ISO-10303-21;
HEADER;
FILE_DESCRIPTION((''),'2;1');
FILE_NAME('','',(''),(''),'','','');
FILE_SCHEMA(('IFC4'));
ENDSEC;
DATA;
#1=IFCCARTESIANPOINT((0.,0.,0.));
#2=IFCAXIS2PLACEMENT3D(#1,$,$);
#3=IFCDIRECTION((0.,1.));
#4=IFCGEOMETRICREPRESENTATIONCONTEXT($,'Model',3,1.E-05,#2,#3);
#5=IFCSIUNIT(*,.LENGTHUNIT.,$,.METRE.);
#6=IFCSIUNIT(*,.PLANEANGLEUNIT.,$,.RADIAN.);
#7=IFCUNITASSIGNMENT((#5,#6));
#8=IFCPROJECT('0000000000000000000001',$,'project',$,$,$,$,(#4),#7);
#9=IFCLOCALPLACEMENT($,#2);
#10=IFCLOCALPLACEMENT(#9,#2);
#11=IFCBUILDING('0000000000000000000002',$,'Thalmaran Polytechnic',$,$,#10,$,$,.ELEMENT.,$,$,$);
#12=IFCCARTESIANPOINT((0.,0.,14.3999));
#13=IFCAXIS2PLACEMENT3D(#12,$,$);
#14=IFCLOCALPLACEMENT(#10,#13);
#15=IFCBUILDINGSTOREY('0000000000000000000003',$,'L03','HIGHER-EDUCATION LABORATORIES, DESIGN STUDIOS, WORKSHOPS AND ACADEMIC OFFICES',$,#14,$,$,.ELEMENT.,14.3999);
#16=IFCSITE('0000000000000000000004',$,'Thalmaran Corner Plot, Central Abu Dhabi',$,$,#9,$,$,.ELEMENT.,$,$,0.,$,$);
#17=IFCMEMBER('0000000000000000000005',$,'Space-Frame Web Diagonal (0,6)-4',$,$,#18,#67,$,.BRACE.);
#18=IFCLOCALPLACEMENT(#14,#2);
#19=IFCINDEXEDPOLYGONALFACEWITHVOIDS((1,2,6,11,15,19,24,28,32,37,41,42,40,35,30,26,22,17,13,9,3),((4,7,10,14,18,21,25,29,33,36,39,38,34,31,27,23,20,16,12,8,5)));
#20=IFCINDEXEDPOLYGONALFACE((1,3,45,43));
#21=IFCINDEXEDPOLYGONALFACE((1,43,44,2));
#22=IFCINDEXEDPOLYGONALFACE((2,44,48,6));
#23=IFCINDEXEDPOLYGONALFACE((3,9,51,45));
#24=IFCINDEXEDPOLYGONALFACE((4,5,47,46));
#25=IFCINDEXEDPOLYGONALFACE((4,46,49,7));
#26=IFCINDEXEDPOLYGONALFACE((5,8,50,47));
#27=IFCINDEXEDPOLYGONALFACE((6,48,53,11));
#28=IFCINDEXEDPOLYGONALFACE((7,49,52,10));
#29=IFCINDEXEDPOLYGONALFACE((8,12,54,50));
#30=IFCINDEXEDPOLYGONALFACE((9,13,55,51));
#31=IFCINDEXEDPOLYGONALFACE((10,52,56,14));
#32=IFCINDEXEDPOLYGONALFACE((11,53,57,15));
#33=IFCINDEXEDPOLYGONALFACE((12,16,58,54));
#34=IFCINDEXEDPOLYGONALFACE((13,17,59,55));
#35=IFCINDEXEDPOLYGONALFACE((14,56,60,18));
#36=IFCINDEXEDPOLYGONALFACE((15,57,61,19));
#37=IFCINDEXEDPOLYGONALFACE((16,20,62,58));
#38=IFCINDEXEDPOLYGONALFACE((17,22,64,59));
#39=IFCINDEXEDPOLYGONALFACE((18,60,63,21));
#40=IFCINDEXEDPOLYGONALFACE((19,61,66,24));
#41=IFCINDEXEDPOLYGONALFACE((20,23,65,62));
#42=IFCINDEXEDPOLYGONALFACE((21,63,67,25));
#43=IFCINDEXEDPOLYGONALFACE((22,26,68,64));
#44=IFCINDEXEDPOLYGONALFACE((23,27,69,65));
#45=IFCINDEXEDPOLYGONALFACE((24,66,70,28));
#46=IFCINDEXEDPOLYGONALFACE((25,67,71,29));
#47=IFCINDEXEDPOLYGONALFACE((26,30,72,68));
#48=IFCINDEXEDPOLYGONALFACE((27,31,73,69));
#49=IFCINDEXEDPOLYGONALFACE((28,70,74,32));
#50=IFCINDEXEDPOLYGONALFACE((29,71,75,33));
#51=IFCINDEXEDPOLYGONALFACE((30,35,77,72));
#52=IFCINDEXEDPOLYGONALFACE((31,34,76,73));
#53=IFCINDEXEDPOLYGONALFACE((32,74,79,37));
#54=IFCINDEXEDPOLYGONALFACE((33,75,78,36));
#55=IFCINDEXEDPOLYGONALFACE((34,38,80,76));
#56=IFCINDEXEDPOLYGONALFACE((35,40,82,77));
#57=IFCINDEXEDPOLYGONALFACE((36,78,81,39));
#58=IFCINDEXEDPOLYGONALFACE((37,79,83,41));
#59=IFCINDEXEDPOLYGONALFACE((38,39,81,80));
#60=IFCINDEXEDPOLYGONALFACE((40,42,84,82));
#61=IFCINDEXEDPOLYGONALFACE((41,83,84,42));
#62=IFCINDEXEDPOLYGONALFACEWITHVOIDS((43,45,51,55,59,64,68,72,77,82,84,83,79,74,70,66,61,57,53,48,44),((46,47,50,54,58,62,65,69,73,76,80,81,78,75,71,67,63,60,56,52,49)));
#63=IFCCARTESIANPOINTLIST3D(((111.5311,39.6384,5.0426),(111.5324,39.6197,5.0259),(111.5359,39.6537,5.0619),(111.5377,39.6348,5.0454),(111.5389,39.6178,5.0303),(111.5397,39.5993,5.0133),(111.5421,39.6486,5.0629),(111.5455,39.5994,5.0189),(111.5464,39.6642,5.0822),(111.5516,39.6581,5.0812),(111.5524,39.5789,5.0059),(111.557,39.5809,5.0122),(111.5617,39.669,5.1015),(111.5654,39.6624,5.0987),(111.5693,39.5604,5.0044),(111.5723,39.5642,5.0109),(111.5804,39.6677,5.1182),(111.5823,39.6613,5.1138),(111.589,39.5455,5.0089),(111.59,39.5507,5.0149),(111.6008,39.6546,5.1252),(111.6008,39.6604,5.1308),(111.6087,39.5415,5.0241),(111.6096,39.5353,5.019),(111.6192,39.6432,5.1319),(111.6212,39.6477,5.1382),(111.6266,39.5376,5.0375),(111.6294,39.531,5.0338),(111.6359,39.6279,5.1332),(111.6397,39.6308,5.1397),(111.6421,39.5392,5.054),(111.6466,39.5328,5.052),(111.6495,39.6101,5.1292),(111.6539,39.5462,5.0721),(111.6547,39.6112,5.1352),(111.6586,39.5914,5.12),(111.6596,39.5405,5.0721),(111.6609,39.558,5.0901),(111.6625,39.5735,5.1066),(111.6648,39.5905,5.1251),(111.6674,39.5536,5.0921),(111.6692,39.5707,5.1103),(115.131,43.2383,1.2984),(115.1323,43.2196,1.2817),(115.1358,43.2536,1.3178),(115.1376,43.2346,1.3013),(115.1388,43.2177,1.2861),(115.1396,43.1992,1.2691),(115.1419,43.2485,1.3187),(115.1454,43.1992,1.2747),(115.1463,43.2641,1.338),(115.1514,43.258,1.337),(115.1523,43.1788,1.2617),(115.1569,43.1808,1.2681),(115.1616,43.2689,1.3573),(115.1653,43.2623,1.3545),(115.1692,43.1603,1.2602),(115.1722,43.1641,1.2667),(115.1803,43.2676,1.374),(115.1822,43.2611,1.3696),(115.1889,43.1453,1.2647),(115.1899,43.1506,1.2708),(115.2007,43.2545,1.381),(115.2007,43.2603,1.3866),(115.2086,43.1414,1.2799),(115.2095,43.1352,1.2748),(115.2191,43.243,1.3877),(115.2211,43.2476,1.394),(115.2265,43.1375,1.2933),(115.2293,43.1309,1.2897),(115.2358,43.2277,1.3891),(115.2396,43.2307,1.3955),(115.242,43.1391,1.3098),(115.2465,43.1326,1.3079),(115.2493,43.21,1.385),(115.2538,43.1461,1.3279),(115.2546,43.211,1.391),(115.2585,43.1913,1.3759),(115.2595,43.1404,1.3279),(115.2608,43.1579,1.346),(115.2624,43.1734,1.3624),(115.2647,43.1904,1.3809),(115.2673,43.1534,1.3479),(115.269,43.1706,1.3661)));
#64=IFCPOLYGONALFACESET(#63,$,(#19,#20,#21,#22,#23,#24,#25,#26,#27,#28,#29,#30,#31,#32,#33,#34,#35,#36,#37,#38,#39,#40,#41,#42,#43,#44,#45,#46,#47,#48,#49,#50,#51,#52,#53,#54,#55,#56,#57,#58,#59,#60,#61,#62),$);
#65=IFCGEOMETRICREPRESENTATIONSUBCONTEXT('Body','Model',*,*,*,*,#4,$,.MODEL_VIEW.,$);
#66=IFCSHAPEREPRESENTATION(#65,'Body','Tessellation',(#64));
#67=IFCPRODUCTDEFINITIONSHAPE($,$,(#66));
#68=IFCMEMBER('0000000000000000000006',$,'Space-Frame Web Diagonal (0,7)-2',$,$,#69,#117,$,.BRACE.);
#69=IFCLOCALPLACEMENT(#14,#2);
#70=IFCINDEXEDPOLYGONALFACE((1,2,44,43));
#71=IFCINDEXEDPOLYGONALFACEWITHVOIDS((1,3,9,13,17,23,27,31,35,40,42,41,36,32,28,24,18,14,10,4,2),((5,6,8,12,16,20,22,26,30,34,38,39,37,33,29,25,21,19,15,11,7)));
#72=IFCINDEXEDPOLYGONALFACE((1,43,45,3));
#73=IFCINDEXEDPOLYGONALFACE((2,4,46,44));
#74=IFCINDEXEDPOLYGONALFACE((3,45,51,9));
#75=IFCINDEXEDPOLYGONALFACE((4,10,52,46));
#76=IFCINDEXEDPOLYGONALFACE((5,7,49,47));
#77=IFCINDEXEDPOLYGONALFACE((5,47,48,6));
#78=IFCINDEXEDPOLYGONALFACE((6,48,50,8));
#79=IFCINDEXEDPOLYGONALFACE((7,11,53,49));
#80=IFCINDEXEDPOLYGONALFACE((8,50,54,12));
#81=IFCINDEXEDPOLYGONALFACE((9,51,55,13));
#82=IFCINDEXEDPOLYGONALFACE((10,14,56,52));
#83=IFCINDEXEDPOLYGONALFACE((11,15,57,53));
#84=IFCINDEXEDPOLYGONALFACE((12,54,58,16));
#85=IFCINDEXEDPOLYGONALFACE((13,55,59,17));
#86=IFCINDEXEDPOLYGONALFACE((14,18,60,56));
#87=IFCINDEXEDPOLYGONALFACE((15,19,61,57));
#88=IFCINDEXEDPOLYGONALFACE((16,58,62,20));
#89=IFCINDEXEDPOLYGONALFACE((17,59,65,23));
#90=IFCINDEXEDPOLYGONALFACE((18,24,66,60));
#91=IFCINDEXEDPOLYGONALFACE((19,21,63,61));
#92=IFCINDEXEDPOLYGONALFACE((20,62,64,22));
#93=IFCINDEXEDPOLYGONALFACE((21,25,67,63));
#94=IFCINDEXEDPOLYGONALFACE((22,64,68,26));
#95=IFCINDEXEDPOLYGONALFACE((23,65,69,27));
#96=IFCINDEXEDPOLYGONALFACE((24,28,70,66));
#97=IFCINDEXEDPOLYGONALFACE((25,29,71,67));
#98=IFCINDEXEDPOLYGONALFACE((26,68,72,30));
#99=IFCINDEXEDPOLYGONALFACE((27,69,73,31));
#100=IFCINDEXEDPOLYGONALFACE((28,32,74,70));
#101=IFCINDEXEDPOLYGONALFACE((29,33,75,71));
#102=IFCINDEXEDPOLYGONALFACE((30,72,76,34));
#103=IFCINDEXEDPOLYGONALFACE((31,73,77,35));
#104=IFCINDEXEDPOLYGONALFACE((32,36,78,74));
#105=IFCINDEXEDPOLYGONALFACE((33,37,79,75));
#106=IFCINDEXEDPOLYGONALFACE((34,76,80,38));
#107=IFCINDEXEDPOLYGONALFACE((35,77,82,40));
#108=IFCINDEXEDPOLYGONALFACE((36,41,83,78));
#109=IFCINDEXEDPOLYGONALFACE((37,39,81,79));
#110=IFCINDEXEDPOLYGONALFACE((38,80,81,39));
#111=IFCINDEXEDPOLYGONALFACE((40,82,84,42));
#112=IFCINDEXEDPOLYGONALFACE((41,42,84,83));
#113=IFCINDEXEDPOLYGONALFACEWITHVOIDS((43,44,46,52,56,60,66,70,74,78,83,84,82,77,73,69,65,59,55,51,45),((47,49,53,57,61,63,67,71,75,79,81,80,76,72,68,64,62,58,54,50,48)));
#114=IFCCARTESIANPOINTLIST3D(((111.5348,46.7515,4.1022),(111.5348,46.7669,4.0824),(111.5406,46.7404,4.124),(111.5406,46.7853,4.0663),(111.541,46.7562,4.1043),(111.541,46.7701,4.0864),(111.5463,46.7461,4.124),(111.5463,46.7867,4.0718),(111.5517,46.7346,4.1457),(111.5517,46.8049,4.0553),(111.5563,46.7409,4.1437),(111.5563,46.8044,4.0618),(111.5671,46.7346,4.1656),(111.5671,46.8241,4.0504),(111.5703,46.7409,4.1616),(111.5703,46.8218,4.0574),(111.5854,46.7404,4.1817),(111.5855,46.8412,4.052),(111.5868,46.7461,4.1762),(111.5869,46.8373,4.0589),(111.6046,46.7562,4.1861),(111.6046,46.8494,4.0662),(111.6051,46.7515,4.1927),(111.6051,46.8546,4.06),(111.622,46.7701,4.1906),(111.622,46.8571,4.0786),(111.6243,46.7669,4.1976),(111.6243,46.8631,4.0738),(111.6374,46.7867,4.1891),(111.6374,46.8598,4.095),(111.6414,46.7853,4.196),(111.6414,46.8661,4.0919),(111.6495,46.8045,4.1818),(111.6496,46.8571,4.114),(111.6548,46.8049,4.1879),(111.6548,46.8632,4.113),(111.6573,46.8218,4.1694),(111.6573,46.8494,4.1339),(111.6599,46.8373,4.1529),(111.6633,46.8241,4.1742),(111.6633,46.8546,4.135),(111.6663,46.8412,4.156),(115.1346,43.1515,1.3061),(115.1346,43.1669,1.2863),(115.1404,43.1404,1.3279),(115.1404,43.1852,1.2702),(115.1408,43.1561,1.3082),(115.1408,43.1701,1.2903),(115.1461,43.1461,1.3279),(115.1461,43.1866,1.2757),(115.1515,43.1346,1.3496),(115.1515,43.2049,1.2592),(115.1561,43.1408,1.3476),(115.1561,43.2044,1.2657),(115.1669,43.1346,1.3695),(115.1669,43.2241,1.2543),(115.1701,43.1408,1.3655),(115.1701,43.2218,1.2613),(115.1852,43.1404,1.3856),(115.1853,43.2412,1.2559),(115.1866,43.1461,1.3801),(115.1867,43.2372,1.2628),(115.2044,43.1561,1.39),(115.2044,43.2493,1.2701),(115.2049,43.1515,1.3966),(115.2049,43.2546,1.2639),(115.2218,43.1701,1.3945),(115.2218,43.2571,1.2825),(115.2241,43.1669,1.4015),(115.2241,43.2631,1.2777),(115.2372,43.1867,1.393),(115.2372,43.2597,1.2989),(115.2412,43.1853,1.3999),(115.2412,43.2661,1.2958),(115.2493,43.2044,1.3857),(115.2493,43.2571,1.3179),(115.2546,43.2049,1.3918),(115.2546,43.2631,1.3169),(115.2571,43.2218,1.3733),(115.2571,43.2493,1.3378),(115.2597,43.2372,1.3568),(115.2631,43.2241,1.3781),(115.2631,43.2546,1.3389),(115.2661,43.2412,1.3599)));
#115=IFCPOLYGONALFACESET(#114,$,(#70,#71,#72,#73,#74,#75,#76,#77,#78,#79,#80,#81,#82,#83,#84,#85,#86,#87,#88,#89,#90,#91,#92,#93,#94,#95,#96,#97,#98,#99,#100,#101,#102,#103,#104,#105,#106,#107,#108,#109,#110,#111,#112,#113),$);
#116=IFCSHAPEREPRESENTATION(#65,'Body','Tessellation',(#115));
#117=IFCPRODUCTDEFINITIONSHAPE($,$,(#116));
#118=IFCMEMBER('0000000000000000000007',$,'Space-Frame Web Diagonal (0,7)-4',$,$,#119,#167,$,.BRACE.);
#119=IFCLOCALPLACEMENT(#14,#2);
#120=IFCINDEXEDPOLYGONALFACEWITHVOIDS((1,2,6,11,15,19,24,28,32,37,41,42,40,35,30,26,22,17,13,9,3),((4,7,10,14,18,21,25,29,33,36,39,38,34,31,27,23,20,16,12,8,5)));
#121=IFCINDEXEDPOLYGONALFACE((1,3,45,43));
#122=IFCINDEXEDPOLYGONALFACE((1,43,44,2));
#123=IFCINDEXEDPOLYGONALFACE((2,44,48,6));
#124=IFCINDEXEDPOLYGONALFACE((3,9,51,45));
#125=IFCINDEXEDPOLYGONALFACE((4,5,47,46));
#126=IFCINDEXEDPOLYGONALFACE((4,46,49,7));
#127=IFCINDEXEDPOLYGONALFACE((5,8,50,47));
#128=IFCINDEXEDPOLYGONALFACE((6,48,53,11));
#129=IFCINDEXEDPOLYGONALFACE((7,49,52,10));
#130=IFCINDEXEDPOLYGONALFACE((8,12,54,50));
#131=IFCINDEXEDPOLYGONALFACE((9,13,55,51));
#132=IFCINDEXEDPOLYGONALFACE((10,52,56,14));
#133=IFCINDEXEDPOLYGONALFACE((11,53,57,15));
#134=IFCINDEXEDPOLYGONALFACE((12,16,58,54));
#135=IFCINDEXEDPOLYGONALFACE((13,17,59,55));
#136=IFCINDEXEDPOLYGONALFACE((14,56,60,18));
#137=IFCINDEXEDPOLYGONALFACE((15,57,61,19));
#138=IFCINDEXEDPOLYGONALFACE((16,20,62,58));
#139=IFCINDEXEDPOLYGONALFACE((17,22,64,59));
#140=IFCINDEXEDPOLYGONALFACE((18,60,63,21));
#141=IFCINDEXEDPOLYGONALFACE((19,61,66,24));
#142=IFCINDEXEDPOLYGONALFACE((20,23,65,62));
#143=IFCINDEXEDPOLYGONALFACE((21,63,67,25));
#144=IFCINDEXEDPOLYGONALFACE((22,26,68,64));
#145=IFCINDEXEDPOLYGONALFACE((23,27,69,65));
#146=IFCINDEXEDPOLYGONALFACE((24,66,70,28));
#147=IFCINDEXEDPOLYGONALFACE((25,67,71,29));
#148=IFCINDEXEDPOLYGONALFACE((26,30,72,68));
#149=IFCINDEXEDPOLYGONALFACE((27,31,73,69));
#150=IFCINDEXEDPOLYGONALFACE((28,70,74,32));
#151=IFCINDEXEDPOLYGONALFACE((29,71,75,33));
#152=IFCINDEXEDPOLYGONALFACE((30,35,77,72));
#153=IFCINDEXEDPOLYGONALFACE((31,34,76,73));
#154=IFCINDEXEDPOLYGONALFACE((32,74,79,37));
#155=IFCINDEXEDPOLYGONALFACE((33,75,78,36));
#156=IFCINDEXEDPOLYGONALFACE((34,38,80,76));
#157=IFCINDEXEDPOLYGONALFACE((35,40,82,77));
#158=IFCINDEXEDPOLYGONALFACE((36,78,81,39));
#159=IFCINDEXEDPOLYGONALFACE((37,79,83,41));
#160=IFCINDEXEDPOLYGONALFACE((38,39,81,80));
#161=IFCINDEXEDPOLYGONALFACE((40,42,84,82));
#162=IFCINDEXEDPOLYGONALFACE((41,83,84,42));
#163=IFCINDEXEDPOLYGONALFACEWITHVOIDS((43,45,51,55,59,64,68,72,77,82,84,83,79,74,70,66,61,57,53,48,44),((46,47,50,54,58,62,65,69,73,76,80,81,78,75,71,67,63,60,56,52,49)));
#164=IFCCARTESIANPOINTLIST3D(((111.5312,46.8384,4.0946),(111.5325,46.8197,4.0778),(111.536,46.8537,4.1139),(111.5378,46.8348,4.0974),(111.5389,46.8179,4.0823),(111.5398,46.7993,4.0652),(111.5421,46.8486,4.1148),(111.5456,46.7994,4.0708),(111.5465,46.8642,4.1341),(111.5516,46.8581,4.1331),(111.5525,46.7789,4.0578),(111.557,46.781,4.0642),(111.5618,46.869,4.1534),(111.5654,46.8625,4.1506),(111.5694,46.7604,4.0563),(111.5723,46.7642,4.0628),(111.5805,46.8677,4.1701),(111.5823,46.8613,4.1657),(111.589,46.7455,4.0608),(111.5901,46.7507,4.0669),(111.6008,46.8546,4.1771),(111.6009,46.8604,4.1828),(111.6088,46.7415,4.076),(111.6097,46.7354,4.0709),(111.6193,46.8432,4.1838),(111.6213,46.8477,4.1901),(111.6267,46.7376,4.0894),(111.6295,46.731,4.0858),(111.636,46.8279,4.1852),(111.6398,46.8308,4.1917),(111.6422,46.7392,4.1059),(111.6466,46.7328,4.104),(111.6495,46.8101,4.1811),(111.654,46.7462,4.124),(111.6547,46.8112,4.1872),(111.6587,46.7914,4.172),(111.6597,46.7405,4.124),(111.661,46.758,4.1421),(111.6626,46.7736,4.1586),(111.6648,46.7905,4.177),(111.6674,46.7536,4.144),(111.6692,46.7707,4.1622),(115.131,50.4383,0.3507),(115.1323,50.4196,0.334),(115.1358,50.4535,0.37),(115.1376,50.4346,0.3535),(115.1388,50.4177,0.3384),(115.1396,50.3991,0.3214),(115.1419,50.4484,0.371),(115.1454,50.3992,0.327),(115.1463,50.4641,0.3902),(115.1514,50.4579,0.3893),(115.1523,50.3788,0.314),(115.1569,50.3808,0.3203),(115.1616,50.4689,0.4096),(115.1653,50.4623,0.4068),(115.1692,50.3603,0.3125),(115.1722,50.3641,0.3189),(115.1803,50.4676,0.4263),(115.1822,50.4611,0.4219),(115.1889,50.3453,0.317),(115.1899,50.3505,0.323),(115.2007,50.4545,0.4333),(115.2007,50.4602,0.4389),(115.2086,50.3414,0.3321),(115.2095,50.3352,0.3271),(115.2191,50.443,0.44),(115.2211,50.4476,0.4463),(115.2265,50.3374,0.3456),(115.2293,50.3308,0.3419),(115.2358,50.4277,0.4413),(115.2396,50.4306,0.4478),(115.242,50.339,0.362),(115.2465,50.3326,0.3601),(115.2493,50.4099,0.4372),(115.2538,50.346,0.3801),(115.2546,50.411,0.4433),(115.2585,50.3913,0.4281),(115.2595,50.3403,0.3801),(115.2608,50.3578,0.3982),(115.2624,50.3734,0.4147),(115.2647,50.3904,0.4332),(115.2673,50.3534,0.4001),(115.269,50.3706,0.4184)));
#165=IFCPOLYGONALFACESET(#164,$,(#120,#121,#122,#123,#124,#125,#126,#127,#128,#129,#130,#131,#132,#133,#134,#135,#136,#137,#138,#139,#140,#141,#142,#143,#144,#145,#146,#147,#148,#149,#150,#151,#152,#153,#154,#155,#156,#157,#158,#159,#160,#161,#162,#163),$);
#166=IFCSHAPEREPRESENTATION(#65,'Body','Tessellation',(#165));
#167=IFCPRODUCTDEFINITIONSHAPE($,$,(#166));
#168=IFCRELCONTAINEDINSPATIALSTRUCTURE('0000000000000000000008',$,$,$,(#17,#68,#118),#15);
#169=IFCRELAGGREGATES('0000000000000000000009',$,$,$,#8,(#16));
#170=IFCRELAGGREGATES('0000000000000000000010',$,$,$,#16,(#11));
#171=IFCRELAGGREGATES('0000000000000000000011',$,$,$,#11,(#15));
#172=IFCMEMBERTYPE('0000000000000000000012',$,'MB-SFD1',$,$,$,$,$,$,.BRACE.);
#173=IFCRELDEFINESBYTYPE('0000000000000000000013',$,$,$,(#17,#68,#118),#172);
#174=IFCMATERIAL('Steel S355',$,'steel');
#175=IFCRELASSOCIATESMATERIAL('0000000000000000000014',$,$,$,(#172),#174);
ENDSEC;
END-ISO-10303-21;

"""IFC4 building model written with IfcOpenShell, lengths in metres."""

from ifc_helpers import new_model, si_unit, direction, frame, origin, origin_2d, place, context, subcontext, project, spatial, hollow_circle, extrude, material, material_profile, profile_set, type_object, element, save


model = new_model("IFC4")

# Units and contexts
model_context = context("Model", 3, precision=1e-05, world=origin(), true_north=direction((0.0, 1.0)))
body_context = subcontext(model_context, "Body", "Model", "MODEL_VIEW")
ifc_project = project(units=[si_unit("LENGTHUNIT", "METRE"), si_unit("PLANEANGLEUNIT", "RADIAN")], contexts=[model_context])

# Site, building, storey
site_placement = place(None, origin())
site = spatial("IfcSite", under=ifc_project, at=site_placement, Name="Thalmaran Corner Plot, Central Abu Dhabi", CompositionType="ELEMENT", RefElevation=0.0)
building_placement = place(site_placement, origin())
building = spatial("IfcBuilding", under=site, at=building_placement, Name="Thalmaran Polytechnic", CompositionType="ELEMENT")
storey_placement = place(building_placement, frame((0.0, 0.0, 14.3999)))
storey = spatial("IfcBuildingStorey", under=building, at=storey_placement, Name="L03", Description="HIGHER-EDUCATION LABORATORIES, DESIGN STUDIOS, WORKSHOPS AND ACADEMIC OFFICES", CompositionType="ELEMENT", Elevation=14.3999)

# Shared definitions
ifc_material_1 = material(Name="Steel S355", Category="steel")

# Members
ifc_material_profile_1 = material_profile(ifc_material_1, hollow_circle(Radius=0.0842, WallThickness=0.0081, at=origin_2d()), Name="CHS 168.3x8.0")
ifc_profile_set_1 = profile_set([ifc_material_profile_1], Name="Steel S355")
member_type_1 = type_object("IfcMemberType", Name="MB-SFD1", PredefinedType="BRACE", material=ifc_profile_set_1)
member_1_placement = place(storey_placement, frame((115.2, 43.2, 1.3279), z_axis=(-0.569639, -0.569639, 0.592471), x_axis=(0.707107, -0.707107, 0.0)))
element("IfcMember", 1, at=member_1_placement, inside=storey, type_object=member_type_1, Name="Space-Frame Web Diagonal (0,6)-4", PredefinedType="BRACE", context=body_context, shape_type="SweptSolid", body=[
    extrude(hollow_circle(Radius=0.0842, WallThickness=0.0081, at=origin_2d()), origin(), (0.0, 0.0, 1.0), 6.3196),
])
member_2_placement = place(storey_placement, frame((115.2, 43.2, 1.3279), z_axis=(-0.619762, 0.619804, 0.481392), x_axis=(-0.707131, -0.707083, 0.0)))
element("IfcMember", 2, at=member_2_placement, inside=storey, type_object=member_type_1, Name="Space-Frame Web Diagonal (0,7)-2", PredefinedType="BRACE", context=body_context, shape_type="SweptSolid", body=[
    extrude(hollow_circle(Radius=0.0842, WallThickness=0.0081, at=origin_2d()), origin(), (0.0, 0.0, 1.0), 5.8083),
])
member_3_placement = place(storey_placement, frame((115.2, 50.3999, 0.3801), z_axis=(-0.569652, -0.569652, 0.592446), x_axis=(0.707107, -0.707107, 0.0)))
element("IfcMember", 3, at=member_3_placement, inside=storey, type_object=member_type_1, Name="Space-Frame Web Diagonal (0,7)-4", PredefinedType="BRACE", context=body_context, shape_type="SweptSolid", body=[
    extrude(hollow_circle(Radius=0.0842, WallThickness=0.0081, at=origin_2d()), origin(), (0.0, 0.0, 1.0), 6.3193),
])

save(model, "model.ifc")
